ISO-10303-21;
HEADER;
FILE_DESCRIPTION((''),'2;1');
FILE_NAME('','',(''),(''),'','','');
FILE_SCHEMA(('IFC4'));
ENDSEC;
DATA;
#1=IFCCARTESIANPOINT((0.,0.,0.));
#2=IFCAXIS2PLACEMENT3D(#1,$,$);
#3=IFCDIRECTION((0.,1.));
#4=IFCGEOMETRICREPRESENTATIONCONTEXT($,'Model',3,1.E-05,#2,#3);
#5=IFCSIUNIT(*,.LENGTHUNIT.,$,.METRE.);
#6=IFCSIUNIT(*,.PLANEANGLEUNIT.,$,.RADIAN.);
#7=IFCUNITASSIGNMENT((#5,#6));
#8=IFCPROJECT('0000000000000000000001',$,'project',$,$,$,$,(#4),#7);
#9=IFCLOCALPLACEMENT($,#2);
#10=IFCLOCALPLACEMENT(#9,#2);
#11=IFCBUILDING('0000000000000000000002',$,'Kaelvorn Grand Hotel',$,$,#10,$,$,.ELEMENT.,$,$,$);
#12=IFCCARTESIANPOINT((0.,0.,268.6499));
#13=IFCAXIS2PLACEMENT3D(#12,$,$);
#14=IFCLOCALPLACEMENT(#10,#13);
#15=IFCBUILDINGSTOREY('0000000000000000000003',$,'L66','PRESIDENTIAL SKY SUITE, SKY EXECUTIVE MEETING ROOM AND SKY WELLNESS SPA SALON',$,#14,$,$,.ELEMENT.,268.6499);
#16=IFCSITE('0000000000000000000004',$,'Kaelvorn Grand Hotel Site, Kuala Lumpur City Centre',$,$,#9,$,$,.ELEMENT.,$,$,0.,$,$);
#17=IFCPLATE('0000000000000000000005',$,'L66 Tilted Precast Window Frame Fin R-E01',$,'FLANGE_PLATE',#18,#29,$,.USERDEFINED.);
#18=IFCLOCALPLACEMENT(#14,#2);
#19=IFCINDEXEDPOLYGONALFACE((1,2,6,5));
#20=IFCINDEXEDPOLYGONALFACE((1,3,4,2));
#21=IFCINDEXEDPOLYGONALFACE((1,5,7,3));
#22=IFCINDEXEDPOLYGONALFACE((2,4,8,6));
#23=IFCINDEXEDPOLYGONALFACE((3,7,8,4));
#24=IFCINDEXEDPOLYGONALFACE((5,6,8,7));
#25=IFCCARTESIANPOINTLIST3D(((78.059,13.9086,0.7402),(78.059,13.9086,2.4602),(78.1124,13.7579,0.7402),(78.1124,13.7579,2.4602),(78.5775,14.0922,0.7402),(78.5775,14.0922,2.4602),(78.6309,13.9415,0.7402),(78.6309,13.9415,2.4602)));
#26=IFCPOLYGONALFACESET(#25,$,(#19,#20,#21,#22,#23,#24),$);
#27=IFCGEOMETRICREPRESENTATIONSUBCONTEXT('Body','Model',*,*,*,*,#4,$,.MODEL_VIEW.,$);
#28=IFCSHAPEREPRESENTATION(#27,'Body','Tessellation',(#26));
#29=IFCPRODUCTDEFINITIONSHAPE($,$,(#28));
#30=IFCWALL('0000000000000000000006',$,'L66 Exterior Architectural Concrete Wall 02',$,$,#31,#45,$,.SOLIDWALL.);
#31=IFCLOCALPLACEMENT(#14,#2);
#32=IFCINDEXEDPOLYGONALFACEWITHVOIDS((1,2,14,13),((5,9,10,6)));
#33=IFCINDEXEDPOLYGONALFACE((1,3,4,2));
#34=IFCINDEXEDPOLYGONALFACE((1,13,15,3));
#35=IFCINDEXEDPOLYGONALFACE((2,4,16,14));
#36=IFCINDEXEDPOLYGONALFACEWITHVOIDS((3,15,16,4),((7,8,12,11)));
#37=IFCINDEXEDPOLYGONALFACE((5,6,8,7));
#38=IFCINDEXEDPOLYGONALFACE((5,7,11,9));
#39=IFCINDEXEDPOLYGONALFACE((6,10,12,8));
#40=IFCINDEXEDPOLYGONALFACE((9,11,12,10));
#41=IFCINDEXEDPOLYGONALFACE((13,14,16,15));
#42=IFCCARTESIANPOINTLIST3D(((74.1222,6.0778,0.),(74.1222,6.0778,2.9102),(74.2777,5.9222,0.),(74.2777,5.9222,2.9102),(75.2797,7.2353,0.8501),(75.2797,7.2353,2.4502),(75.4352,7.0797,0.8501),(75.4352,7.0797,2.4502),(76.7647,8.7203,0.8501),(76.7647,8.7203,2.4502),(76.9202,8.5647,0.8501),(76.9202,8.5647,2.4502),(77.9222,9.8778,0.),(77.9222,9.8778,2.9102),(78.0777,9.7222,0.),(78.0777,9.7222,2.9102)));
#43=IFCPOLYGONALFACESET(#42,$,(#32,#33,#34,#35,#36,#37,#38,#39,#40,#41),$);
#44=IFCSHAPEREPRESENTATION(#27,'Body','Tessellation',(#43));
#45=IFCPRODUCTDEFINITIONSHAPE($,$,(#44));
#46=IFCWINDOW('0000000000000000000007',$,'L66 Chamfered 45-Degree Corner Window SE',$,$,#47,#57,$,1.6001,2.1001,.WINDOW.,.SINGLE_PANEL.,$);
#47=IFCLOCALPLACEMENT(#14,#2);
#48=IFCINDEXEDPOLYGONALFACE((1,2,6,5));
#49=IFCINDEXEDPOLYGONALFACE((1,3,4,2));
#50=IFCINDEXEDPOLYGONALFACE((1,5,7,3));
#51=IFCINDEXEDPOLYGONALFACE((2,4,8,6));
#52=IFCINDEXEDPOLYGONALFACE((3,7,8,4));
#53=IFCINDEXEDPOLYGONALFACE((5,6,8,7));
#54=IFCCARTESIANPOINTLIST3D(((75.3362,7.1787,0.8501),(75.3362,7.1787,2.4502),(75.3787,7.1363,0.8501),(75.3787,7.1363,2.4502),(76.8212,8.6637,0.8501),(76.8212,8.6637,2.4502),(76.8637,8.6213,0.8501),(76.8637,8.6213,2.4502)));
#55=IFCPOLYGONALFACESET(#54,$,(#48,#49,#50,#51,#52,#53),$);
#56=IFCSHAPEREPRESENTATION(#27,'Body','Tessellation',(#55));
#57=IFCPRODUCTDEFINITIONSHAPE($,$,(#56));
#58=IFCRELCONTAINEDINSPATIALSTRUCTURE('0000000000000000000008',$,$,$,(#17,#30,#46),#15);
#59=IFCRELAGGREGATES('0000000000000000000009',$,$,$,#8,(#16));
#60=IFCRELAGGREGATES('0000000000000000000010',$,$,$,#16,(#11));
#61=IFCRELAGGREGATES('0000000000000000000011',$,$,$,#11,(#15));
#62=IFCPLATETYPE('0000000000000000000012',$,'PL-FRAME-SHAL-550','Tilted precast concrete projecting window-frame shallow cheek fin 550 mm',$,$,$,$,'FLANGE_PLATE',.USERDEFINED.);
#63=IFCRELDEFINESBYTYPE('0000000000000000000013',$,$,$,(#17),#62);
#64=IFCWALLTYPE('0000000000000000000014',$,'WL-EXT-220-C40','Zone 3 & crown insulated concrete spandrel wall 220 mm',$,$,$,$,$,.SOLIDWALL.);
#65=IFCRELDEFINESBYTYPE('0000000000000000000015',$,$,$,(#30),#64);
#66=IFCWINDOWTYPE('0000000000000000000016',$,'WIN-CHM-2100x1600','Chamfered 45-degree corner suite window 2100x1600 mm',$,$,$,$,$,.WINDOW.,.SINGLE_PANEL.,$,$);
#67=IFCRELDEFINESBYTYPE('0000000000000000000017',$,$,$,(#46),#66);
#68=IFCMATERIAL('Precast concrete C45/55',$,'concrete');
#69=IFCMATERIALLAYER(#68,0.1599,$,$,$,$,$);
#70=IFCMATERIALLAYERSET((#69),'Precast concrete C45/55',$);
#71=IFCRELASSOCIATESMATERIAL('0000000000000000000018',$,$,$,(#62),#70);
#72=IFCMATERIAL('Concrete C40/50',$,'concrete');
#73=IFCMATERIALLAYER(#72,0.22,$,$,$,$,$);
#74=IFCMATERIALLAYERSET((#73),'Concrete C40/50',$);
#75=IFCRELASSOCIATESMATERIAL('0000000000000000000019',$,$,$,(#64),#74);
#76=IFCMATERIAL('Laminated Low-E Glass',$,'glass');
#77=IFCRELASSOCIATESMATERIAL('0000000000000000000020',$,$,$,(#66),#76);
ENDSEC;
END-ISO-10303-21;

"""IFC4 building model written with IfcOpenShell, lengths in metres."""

from ifc_helpers import new_model, si_unit, direction, frame, frame_2d, origin, origin_2d, place, context, subcontext, project, spatial, rectangle, extrude, material, layer, layer_set, type_object, element, fill, save


model = new_model("IFC4")

# Units and contexts
model_context = context("Model", 3, precision=1e-05, world=origin(), true_north=direction((0.0, 1.0)))
body_context = subcontext(model_context, "Body", "Model", "MODEL_VIEW")
ifc_project = project(units=[si_unit("LENGTHUNIT", "METRE"), si_unit("PLANEANGLEUNIT", "RADIAN")], contexts=[model_context])

# Site, building, storey
site_placement = place(None, origin())
site = spatial("IfcSite", under=ifc_project, at=site_placement, Name="Kaelvorn Grand Hotel Site, Kuala Lumpur City Centre", CompositionType="ELEMENT", RefElevation=0.0)
building_placement = place(site_placement, origin())
building = spatial("IfcBuilding", under=site, at=building_placement, Name="Kaelvorn Grand Hotel", CompositionType="ELEMENT")
storey_placement = place(building_placement, frame((0.0, 0.0, 268.6499)))
storey = spatial("IfcBuildingStorey", under=building, at=storey_placement, Name="L66", Description="PRESIDENTIAL SKY SUITE, SKY EXECUTIVE MEETING ROOM AND SKY WELLNESS SPA SALON", CompositionType="ELEMENT", Elevation=268.6499)

# Shared definitions
ifc_material_1 = material(Name="Concrete C40/50", Category="concrete")

# Plate
ifc_material_2 = material(Name="Precast concrete C45/55", Category="concrete")
ifc_layer_1 = layer(ifc_material_2, 0.1599)
ifc_layer_set_1 = layer_set([ifc_layer_1], Name="Precast concrete C45/55")
plate_type_1 = type_object("IfcPlateType", Name="PL-FRAME-SHAL-550", Description="Tilted precast concrete projecting window-frame shallow cheek fin 550 mm", ElementType="FLANGE_PLATE", PredefinedType="USERDEFINED", material=ifc_layer_set_1)
plate_1_placement = place(storey_placement, frame((78.345, 13.925, 0.7402), z_axis=(0.0, 0.0, 1.0), x_axis=(-0.333807, 0.942641, 0.0)))
element("IfcPlate", 1, at=plate_1_placement, inside=storey, type_object=plate_type_1, Name="L66 Tilted Precast Window Frame Fin R-E01", ObjectType="FLANGE_PLATE", PredefinedType="USERDEFINED", context=body_context, shape_type="SweptSolid", body=[
    extrude(rectangle(XDim=0.1599, YDim=0.55, at=origin_2d()), origin(), (0.0, 0.0, 1.0), 1.72),
])

# Wall, opening, window
ifc_layer_2 = layer(ifc_material_1, 0.22)
ifc_layer_set_2 = layer_set([ifc_layer_2], Name="Concrete C40/50")
wall_type = type_object("IfcWallType", Name="WL-EXT-220-C40", Description="Zone 3 & crown insulated concrete spandrel wall 220 mm", PredefinedType="SOLIDWALL", material=ifc_layer_set_2)
wall_1_placement = place(storey_placement, frame((74.2, 6.0, 0.0), z_axis=(0.0, 0.0, 1.0), x_axis=(0.707107, 0.707107, 0.0)))
wall_1 = element("IfcWall", 2, at=wall_1_placement, inside=storey, type_object=wall_type, Name="L66 Exterior Architectural Concrete Wall 02", PredefinedType="SOLIDWALL", context=body_context, shape_type="SweptSolid", body=[
    extrude(rectangle(XDim=5.374, YDim=0.22, at=frame_2d((2.687, 0.0))), origin(), (0.0, 0.0, 1.0), 2.9102),
])
opening_1_placement = place(wall_1_placement, frame((1.637, 0.0, 0.8501)))
opening_1 = element("IfcOpeningElement", 3, at=opening_1_placement, cuts=wall_1, PredefinedType="OPENING", context=body_context, shape_type="SweptSolid", body=[
    extrude(rectangle(XDim=2.1001, YDim=1.6001, at=frame_2d((1.05, 0.8))), frame((0.0, 0.1201, 0.0), z_axis=(0.0, -1.0, 0.0), x_axis=(1.0, 0.0, 0.0)), (0.0, 0.0, 1.0), 0.24),
])
ifc_material_3 = material(Name="Laminated Low-E Glass", Category="glass")
window_type_1 = type_object("IfcWindowType", Name="WIN-CHM-2100x1600", Description="Chamfered 45-degree corner suite window 2100x1600 mm", PartitioningType="SINGLE_PANEL", PredefinedType="WINDOW", material=ifc_material_3)
window_1_placement = place(opening_1_placement, origin())
window_1 = element("IfcWindow", 4, at=window_1_placement, inside=storey, type_object=window_type_1, Name="L66 Chamfered 45-Degree Corner Window SE", OverallHeight=1.6001, OverallWidth=2.1001, PartitioningType="SINGLE_PANEL", PredefinedType="WINDOW", context=body_context, shape_type="SweptSolid", body=[
    extrude(rectangle(XDim=2.1001, YDim=1.6001, at=frame_2d((1.05, 0.8))), frame((0.0, 0.03, 0.0), z_axis=(0.0, -1.0, 0.0), x_axis=(1.0, 0.0, 0.0)), (0.0, 0.0, 1.0), 0.0601),
])
fill(opening_1, window_1)

save(model, "model.ifc")
